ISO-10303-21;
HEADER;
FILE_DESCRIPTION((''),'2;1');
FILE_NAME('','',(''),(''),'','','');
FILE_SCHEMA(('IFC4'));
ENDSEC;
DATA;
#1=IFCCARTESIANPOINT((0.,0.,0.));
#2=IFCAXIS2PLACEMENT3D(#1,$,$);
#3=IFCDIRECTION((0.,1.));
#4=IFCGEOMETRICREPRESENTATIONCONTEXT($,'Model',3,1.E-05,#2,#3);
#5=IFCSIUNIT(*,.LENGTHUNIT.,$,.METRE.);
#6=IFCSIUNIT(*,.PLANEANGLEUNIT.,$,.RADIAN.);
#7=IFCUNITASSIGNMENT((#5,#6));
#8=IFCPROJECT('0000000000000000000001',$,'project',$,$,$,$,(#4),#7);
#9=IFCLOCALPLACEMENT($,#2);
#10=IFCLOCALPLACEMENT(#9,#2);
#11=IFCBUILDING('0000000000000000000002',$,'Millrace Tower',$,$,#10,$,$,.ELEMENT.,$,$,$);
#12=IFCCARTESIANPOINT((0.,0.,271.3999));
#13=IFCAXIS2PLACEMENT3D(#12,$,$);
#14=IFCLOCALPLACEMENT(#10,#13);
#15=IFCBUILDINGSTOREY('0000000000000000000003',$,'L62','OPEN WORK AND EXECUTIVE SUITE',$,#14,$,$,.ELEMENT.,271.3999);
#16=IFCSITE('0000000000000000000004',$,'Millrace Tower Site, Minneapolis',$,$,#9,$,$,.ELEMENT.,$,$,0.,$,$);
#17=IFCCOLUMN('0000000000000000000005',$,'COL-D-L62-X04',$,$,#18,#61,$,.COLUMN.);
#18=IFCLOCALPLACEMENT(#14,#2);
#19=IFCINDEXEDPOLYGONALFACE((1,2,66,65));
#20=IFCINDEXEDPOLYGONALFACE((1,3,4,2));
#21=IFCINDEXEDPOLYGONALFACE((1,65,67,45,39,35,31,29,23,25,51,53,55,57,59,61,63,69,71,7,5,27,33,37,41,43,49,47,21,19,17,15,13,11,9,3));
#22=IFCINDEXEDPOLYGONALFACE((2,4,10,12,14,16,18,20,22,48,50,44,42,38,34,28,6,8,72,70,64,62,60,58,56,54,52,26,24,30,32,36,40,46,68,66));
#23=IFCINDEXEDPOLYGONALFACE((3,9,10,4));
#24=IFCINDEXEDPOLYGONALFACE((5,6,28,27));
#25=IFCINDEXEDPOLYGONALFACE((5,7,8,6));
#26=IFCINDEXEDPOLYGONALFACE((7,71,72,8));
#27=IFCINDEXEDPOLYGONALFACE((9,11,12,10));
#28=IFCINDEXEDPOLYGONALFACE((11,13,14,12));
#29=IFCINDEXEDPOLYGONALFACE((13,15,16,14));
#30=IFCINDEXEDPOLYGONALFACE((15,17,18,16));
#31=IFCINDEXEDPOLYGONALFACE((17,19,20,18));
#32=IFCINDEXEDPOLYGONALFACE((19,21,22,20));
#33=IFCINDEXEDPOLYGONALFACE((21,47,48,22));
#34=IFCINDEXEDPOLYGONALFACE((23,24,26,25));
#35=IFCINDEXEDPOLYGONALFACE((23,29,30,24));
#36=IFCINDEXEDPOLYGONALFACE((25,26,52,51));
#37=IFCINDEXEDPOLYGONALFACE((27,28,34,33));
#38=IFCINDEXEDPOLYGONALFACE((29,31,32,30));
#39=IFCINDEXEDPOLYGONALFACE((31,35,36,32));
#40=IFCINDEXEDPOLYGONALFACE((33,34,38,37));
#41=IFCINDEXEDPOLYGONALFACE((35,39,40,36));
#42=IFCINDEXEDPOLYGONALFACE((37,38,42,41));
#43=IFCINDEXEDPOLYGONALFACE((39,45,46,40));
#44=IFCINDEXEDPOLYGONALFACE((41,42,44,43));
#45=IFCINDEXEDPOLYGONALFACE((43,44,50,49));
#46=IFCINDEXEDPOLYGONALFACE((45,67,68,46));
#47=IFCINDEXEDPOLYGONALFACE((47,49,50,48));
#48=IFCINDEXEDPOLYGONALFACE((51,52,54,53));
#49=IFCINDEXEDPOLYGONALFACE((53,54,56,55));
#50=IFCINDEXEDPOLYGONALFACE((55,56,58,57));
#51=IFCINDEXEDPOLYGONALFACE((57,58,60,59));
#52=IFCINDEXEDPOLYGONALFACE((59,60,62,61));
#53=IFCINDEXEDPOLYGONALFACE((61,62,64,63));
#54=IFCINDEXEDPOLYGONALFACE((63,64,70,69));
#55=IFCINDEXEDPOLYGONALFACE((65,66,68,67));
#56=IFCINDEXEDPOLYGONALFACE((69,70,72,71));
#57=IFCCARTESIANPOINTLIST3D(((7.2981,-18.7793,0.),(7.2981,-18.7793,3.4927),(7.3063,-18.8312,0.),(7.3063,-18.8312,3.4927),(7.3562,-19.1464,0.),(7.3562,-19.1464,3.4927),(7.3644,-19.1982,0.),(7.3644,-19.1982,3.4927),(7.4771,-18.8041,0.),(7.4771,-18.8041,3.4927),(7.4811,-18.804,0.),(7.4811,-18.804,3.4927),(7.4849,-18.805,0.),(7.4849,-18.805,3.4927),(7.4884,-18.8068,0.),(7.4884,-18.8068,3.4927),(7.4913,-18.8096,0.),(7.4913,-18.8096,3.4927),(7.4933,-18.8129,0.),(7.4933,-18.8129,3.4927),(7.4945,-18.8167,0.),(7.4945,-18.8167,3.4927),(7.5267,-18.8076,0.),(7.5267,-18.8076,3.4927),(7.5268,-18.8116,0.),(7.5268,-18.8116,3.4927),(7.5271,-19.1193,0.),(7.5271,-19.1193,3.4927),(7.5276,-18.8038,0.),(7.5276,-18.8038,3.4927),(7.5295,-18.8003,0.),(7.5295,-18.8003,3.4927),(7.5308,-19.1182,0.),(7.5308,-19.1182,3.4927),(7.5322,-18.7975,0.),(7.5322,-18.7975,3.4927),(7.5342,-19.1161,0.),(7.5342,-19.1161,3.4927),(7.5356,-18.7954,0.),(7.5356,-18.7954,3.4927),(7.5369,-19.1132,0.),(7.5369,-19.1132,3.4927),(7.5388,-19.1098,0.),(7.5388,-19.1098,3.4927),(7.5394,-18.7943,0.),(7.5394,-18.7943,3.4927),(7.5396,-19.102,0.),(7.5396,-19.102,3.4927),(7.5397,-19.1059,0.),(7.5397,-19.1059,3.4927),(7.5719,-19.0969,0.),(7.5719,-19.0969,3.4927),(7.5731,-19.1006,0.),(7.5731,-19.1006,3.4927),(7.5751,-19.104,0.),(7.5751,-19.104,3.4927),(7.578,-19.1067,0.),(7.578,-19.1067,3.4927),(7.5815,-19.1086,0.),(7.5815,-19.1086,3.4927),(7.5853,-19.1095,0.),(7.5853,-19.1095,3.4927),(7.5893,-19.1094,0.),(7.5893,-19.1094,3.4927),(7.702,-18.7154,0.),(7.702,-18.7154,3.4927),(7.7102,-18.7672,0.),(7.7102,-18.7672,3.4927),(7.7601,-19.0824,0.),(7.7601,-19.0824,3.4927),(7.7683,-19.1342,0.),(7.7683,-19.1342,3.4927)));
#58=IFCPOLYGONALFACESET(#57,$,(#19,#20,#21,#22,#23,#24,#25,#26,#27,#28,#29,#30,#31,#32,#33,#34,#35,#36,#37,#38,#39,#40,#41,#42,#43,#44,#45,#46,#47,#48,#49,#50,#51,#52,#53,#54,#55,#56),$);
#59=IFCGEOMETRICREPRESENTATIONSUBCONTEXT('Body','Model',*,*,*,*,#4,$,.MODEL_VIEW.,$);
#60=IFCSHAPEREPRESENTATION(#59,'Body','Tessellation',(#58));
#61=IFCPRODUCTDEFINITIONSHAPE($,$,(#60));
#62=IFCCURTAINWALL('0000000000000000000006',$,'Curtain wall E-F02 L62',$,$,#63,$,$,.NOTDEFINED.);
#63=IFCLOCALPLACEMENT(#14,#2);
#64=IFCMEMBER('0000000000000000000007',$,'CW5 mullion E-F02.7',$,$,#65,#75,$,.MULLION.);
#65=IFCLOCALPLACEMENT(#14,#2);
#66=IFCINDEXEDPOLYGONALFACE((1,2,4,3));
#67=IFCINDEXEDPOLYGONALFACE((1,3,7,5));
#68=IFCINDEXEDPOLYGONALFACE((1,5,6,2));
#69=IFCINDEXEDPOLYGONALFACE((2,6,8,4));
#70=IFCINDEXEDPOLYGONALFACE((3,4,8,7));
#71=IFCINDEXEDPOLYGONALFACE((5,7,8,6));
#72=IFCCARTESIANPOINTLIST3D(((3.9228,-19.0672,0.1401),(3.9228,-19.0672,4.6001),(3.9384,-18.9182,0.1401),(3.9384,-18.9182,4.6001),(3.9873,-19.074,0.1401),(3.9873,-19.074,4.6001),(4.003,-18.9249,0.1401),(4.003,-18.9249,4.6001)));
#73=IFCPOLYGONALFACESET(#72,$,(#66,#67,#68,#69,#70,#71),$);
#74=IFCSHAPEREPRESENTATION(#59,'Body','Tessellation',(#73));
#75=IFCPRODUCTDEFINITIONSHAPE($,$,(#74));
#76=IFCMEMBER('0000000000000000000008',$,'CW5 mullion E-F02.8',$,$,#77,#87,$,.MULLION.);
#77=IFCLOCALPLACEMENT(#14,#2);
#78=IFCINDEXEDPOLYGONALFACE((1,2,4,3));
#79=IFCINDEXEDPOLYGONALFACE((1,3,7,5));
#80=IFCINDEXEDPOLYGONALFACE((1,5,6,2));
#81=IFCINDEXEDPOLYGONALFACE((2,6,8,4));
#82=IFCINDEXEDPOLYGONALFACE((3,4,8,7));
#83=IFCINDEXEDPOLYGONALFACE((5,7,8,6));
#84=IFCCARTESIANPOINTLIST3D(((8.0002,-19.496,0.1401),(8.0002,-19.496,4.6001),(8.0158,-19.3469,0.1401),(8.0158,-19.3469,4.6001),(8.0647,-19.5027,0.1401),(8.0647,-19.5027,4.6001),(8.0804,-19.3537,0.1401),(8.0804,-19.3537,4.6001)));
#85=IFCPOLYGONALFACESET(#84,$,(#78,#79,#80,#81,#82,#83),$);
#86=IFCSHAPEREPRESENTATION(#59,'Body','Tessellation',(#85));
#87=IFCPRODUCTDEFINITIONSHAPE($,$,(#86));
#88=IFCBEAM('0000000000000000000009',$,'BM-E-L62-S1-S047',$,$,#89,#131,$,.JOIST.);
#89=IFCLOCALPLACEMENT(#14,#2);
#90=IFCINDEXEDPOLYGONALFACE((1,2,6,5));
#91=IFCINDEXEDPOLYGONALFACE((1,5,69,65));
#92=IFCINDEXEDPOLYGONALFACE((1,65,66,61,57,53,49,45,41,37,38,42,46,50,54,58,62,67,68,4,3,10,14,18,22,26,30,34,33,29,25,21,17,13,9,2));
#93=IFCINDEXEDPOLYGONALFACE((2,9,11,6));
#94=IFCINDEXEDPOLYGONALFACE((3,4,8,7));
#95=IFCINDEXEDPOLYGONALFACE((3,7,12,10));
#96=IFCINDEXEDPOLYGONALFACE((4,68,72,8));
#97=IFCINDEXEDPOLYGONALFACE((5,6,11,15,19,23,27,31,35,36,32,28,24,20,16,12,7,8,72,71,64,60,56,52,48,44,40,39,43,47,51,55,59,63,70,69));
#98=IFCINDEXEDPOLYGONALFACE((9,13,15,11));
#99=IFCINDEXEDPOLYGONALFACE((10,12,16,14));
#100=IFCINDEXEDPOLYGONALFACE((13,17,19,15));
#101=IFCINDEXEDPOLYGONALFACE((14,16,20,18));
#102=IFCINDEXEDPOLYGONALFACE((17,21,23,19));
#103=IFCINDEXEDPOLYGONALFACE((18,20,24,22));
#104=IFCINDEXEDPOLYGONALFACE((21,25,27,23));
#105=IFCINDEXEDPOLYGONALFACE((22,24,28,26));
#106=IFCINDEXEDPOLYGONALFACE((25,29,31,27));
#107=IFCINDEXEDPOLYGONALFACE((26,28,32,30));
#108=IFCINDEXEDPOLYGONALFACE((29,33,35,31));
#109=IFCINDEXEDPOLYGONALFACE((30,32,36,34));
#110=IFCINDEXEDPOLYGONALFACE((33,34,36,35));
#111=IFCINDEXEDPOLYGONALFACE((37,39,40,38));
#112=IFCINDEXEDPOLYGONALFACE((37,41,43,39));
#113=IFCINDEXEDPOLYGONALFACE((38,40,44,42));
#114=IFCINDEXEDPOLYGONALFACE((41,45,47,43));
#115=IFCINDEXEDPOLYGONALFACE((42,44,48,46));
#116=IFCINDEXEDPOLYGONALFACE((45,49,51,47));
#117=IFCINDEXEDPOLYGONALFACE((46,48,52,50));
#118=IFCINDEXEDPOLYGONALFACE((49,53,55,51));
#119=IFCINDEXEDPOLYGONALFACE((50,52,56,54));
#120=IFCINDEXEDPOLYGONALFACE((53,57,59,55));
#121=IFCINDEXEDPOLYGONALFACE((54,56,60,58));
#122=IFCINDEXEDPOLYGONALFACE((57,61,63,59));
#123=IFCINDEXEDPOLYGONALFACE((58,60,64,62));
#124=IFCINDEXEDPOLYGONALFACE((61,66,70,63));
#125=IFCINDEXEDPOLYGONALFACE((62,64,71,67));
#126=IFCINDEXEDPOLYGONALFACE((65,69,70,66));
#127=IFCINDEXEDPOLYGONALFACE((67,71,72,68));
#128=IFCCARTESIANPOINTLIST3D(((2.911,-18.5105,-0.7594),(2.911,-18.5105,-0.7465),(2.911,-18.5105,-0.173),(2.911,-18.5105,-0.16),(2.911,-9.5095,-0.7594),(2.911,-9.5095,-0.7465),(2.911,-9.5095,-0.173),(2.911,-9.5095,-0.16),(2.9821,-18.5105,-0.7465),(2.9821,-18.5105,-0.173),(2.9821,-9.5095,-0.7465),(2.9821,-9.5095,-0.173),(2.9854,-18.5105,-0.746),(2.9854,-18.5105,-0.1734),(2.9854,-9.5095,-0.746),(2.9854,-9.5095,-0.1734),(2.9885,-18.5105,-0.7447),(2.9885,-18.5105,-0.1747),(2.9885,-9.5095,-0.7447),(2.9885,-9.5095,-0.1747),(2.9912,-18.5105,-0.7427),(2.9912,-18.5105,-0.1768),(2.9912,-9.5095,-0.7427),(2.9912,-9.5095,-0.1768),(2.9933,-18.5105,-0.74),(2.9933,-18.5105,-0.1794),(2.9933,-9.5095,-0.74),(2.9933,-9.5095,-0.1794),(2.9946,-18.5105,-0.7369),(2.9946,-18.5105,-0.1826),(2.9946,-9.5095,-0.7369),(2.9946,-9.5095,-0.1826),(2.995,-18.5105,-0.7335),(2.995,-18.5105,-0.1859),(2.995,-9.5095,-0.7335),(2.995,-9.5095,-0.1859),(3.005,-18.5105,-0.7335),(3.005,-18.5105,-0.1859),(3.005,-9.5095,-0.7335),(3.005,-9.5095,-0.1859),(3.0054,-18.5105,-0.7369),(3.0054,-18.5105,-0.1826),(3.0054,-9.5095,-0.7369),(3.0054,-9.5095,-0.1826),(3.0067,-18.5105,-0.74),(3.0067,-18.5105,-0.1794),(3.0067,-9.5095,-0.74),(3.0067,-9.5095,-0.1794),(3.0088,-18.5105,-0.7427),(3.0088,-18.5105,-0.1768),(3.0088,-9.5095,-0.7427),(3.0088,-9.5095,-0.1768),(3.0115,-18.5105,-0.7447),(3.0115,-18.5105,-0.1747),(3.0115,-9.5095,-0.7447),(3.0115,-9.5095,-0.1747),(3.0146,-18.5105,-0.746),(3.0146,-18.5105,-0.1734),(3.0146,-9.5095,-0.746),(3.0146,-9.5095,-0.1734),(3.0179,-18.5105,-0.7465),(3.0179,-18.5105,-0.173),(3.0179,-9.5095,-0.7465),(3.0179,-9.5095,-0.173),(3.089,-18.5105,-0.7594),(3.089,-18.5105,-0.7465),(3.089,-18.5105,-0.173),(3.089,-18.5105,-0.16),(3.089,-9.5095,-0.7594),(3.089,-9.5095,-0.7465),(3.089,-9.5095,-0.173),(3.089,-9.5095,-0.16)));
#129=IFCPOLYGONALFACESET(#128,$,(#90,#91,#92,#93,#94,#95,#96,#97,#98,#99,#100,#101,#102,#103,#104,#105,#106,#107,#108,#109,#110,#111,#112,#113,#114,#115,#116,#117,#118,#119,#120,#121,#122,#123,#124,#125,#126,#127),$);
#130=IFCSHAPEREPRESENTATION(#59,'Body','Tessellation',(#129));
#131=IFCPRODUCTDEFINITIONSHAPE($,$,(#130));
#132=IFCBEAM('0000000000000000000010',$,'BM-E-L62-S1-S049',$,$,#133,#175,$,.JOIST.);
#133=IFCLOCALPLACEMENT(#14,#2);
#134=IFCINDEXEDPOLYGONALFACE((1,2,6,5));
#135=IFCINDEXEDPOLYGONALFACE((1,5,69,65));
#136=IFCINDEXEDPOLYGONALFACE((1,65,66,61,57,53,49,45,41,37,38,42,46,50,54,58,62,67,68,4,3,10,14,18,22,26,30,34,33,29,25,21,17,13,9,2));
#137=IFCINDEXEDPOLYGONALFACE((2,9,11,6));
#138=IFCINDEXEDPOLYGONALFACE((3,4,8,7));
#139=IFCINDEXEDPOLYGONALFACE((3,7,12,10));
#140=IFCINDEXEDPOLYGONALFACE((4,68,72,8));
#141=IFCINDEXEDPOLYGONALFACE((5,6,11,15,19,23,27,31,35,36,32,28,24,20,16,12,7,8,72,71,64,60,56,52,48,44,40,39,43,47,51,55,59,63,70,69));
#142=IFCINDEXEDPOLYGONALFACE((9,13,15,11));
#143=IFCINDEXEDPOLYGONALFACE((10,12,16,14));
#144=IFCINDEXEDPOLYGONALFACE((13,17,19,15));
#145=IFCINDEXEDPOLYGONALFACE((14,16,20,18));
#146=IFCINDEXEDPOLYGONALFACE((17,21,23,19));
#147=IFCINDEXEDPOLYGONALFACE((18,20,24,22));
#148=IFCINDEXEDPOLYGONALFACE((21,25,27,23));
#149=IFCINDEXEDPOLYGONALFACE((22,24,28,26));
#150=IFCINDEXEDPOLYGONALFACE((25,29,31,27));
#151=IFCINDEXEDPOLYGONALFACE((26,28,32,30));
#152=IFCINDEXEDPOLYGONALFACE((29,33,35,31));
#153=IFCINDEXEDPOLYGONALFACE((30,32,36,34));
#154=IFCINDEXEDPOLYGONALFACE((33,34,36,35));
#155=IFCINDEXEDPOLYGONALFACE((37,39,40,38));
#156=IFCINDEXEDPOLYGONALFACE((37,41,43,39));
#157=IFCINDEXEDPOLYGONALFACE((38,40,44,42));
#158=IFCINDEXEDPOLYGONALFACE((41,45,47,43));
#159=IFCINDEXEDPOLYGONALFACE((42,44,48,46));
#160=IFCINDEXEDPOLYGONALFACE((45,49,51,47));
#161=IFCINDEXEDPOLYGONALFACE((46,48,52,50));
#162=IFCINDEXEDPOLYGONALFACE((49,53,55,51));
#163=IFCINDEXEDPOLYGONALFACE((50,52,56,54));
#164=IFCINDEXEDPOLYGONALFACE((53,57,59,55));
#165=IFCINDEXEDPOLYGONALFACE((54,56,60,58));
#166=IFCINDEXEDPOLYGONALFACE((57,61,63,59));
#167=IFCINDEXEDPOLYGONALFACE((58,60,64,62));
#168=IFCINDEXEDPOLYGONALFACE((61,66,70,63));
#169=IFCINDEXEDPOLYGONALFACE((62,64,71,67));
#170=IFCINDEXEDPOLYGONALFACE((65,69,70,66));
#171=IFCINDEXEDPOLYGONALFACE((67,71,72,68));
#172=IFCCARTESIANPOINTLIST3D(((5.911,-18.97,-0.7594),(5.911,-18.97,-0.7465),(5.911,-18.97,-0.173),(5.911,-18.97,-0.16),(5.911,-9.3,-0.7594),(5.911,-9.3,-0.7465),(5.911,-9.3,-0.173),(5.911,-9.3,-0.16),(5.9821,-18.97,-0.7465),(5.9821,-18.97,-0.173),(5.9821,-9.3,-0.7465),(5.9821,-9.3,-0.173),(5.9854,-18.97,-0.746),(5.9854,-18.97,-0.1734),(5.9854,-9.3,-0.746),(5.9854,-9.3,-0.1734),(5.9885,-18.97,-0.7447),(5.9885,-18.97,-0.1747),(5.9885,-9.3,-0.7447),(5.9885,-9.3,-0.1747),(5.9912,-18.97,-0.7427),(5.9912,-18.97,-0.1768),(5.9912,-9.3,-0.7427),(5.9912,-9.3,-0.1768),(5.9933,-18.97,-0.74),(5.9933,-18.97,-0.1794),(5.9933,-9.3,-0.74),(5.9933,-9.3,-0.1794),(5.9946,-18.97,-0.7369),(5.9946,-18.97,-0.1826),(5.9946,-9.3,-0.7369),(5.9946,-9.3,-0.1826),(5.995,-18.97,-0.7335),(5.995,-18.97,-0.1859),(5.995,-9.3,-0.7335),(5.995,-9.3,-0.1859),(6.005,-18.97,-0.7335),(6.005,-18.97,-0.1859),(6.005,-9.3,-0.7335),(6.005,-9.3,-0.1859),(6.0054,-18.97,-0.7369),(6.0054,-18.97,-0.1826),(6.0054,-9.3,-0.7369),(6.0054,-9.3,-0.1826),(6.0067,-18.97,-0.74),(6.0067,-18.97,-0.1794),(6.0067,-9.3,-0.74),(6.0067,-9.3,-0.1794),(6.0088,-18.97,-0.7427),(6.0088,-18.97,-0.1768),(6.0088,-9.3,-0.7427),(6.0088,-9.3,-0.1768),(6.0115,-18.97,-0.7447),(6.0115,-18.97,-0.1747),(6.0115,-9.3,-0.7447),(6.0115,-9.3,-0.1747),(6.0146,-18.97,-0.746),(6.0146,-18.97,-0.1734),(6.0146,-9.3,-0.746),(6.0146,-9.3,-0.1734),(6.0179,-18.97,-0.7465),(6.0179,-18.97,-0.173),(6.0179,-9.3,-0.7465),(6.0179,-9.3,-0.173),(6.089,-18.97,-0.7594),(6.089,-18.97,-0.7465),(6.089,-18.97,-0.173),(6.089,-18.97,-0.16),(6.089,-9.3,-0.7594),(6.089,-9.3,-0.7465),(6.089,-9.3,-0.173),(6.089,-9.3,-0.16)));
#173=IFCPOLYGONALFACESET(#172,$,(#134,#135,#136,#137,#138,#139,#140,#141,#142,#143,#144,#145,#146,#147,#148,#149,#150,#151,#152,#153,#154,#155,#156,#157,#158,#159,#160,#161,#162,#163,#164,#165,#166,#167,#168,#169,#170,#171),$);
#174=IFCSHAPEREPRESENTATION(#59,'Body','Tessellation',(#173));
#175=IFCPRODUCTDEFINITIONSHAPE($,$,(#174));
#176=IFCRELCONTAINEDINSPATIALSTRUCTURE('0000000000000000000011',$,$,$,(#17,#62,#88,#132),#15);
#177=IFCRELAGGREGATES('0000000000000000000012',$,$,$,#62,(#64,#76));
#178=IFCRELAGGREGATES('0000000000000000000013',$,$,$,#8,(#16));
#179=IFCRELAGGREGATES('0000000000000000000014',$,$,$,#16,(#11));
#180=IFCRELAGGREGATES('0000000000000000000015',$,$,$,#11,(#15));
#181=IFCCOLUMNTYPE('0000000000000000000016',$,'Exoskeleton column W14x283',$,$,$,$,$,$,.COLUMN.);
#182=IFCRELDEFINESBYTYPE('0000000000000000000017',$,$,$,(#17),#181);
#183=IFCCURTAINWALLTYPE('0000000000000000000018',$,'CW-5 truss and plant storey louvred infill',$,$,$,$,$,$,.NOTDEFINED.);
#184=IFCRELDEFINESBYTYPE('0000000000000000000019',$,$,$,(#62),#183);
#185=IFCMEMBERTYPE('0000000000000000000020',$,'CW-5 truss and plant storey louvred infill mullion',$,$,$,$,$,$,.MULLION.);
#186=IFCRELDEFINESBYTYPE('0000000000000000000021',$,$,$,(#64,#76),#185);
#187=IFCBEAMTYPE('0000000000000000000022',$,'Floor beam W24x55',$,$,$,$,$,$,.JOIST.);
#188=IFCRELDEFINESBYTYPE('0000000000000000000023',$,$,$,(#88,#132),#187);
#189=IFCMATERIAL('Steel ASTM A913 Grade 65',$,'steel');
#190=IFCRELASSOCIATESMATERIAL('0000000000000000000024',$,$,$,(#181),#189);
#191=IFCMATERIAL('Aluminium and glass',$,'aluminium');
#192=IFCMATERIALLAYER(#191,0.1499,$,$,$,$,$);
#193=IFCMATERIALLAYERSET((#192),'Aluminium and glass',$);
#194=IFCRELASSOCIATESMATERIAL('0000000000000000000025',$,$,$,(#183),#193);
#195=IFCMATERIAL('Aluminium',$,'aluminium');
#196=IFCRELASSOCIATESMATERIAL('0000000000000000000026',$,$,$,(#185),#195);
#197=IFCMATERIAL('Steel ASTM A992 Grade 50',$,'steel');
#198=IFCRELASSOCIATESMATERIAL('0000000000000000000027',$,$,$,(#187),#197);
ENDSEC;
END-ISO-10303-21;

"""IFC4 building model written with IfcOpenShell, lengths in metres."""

from ifc_helpers import new_model, si_unit, direction, frame, origin, origin_2d, place, context, subcontext, project, spatial, rectangle, i_section, extrude, material, layer, layer_set, material_profile, profile_set, type_object, element, aggregate, save


model = new_model("IFC4")

# Units and contexts
model_context = context("Model", 3, precision=1e-05, world=origin(), true_north=direction((0.0, 1.0)))
body_context = subcontext(model_context, "Body", "Model", "MODEL_VIEW")
ifc_project = project(units=[si_unit("LENGTHUNIT", "METRE"), si_unit("PLANEANGLEUNIT", "RADIAN")], contexts=[model_context])

# Site, building, storey
site_placement = place(None, origin())
site = spatial("IfcSite", under=ifc_project, at=site_placement, Name="Millrace Tower Site, Minneapolis", CompositionType="ELEMENT", RefElevation=0.0)
building_placement = place(site_placement, origin())
building = spatial("IfcBuilding", under=site, at=building_placement, Name="Millrace Tower", CompositionType="ELEMENT")
storey_placement = place(building_placement, frame((0.0, 0.0, 271.3999)))
storey = spatial("IfcBuildingStorey", under=building, at=storey_placement, Name="L62", Description="OPEN WORK AND EXECUTIVE SUITE", CompositionType="ELEMENT", Elevation=271.3999)

# Column
ifc_material_1 = material(Name="Steel ASTM A913 Grade 65", Category="steel")
ifc_material_profile_1 = material_profile(ifc_material_1, i_section(OverallWidth=0.4089, OverallDepth=0.4241, WebThickness=0.0327, FlangeThickness=0.0525, FilletRadius=0.0151, at=origin_2d()))
ifc_profile_set_1 = profile_set([ifc_material_profile_1], Name="Steel ASTM A913 Grade 65")
column_type = type_object("IfcColumnType", Name="Exoskeleton column W14x283", PredefinedType="COLUMN", material=ifc_profile_set_1)
column_placement = place(storey_placement, frame((7.5332, -18.9568, 0.0), z_axis=(0.0, 0.0, 1.0), x_axis=(0.987688, 0.156434, 0.0)))
element("IfcColumn", 1, at=column_placement, inside=storey, type_object=column_type, Name="COL-D-L62-X04", PredefinedType="COLUMN", context=body_context, shape_type="SweptSolid", body=[
    extrude(i_section(OverallWidth=0.4089, OverallDepth=0.4241, WebThickness=0.0327, FlangeThickness=0.0525, FilletRadius=0.0151, at=origin_2d()), origin(), (0.0, 0.0, 1.0), 3.4927),
])

# Curtain wall, members
ifc_material_2 = material(Name="Aluminium and glass", Category="aluminium")
ifc_layer_1 = layer(ifc_material_2, 0.1499)
ifc_layer_set_1 = layer_set([ifc_layer_1], Name="Aluminium and glass")
curtain_wall_type = type_object("IfcCurtainWallType", Name="CW-5 truss and plant storey louvred infill", PredefinedType="NOTDEFINED", material=ifc_layer_set_1)
placement = place(storey_placement, origin())
curtain_wall = element("IfcCurtainWall", 2, at=placement, inside=storey, type_object=curtain_wall_type, Name="Curtain wall E-F02 L62", PredefinedType="NOTDEFINED")
ifc_material_3 = material(Name="Aluminium", Category="aluminium")
ifc_material_profile_2 = material_profile(ifc_material_3, rectangle(XDim=0.0649, YDim=0.1499, at=origin_2d()))
ifc_profile_set_2 = profile_set([ifc_material_profile_2], Name="Aluminium")
member_type_1 = type_object("IfcMemberType", Name="CW-5 truss and plant storey louvred infill mullion", PredefinedType="MULLION", material=ifc_profile_set_2)
member_1_placement = place(storey_placement, frame((3.9629, -18.9961, 0.1401), z_axis=(0.0, 0.0, 1.0), x_axis=(0.994522, -0.104528, 0.0)))
member_1 = element("IfcMember", 3, at=member_1_placement, type_object=member_type_1, Name="CW5 mullion E-F02.7", PredefinedType="MULLION", context=body_context, shape_type="SweptSolid", body=[
    extrude(rectangle(XDim=0.0649, YDim=0.1499, at=origin_2d()), origin(), (0.0, 0.0, 1.0), 4.46),
])
member_2_placement = place(storey_placement, frame((8.0403, -19.4248, 0.1401), z_axis=(0.0, 0.0, 1.0), x_axis=(0.994522, -0.104528, 0.0)))
member_2 = element("IfcMember", 4, at=member_2_placement, type_object=member_type_1, Name="CW5 mullion E-F02.8", PredefinedType="MULLION", context=body_context, shape_type="SweptSolid", body=[
    extrude(rectangle(XDim=0.0649, YDim=0.1499, at=origin_2d()), origin(), (0.0, 0.0, 1.0), 4.46),
])
aggregate(curtain_wall, [member_1, member_2])

# Beams
ifc_material_4 = material(Name="Steel ASTM A992 Grade 50", Category="steel")
ifc_material_profile_3 = material_profile(ifc_material_4, i_section(OverallWidth=0.178, OverallDepth=0.5994, WebThickness=0.01, FlangeThickness=0.0129, FilletRadius=0.0129, at=origin_2d()))
ifc_profile_set_3 = profile_set([ifc_material_profile_3], Name="Steel ASTM A992 Grade 50")
beam_type_1 = type_object("IfcBeamType", Name="Floor beam W24x55", PredefinedType="JOIST", material=ifc_profile_set_3)
beam_1_placement = place(storey_placement, frame((3.0, -18.5105, -0.4597), z_axis=(0.0, 1.0, 0.0), x_axis=(-1.0, 0.0, 0.0)))
element("IfcBeam", 5, at=beam_1_placement, inside=storey, type_object=beam_type_1, Name="BM-E-L62-S1-S047", PredefinedType="JOIST", context=body_context, shape_type="SweptSolid", body=[
    extrude(i_section(OverallWidth=0.178, OverallDepth=0.5994, WebThickness=0.01, FlangeThickness=0.0129, FilletRadius=0.0129, at=origin_2d()), origin(), (0.0, 0.0, 1.0), 9.001),
])
beam_2_placement = place(storey_placement, frame((6.0, -18.97, -0.4597), z_axis=(0.0, 1.0, 0.0), x_axis=(-1.0, 0.0, 0.0)))
element("IfcBeam", 6, at=beam_2_placement, inside=storey, type_object=beam_type_1, Name="BM-E-L62-S1-S049", PredefinedType="JOIST", context=body_context, shape_type="SweptSolid", body=[
    extrude(i_section(OverallWidth=0.178, OverallDepth=0.5994, WebThickness=0.01, FlangeThickness=0.0129, FilletRadius=0.0129, at=origin_2d()), origin(), (0.0, 0.0, 1.0), 9.6699),
])

save(model, "model.ifc")
